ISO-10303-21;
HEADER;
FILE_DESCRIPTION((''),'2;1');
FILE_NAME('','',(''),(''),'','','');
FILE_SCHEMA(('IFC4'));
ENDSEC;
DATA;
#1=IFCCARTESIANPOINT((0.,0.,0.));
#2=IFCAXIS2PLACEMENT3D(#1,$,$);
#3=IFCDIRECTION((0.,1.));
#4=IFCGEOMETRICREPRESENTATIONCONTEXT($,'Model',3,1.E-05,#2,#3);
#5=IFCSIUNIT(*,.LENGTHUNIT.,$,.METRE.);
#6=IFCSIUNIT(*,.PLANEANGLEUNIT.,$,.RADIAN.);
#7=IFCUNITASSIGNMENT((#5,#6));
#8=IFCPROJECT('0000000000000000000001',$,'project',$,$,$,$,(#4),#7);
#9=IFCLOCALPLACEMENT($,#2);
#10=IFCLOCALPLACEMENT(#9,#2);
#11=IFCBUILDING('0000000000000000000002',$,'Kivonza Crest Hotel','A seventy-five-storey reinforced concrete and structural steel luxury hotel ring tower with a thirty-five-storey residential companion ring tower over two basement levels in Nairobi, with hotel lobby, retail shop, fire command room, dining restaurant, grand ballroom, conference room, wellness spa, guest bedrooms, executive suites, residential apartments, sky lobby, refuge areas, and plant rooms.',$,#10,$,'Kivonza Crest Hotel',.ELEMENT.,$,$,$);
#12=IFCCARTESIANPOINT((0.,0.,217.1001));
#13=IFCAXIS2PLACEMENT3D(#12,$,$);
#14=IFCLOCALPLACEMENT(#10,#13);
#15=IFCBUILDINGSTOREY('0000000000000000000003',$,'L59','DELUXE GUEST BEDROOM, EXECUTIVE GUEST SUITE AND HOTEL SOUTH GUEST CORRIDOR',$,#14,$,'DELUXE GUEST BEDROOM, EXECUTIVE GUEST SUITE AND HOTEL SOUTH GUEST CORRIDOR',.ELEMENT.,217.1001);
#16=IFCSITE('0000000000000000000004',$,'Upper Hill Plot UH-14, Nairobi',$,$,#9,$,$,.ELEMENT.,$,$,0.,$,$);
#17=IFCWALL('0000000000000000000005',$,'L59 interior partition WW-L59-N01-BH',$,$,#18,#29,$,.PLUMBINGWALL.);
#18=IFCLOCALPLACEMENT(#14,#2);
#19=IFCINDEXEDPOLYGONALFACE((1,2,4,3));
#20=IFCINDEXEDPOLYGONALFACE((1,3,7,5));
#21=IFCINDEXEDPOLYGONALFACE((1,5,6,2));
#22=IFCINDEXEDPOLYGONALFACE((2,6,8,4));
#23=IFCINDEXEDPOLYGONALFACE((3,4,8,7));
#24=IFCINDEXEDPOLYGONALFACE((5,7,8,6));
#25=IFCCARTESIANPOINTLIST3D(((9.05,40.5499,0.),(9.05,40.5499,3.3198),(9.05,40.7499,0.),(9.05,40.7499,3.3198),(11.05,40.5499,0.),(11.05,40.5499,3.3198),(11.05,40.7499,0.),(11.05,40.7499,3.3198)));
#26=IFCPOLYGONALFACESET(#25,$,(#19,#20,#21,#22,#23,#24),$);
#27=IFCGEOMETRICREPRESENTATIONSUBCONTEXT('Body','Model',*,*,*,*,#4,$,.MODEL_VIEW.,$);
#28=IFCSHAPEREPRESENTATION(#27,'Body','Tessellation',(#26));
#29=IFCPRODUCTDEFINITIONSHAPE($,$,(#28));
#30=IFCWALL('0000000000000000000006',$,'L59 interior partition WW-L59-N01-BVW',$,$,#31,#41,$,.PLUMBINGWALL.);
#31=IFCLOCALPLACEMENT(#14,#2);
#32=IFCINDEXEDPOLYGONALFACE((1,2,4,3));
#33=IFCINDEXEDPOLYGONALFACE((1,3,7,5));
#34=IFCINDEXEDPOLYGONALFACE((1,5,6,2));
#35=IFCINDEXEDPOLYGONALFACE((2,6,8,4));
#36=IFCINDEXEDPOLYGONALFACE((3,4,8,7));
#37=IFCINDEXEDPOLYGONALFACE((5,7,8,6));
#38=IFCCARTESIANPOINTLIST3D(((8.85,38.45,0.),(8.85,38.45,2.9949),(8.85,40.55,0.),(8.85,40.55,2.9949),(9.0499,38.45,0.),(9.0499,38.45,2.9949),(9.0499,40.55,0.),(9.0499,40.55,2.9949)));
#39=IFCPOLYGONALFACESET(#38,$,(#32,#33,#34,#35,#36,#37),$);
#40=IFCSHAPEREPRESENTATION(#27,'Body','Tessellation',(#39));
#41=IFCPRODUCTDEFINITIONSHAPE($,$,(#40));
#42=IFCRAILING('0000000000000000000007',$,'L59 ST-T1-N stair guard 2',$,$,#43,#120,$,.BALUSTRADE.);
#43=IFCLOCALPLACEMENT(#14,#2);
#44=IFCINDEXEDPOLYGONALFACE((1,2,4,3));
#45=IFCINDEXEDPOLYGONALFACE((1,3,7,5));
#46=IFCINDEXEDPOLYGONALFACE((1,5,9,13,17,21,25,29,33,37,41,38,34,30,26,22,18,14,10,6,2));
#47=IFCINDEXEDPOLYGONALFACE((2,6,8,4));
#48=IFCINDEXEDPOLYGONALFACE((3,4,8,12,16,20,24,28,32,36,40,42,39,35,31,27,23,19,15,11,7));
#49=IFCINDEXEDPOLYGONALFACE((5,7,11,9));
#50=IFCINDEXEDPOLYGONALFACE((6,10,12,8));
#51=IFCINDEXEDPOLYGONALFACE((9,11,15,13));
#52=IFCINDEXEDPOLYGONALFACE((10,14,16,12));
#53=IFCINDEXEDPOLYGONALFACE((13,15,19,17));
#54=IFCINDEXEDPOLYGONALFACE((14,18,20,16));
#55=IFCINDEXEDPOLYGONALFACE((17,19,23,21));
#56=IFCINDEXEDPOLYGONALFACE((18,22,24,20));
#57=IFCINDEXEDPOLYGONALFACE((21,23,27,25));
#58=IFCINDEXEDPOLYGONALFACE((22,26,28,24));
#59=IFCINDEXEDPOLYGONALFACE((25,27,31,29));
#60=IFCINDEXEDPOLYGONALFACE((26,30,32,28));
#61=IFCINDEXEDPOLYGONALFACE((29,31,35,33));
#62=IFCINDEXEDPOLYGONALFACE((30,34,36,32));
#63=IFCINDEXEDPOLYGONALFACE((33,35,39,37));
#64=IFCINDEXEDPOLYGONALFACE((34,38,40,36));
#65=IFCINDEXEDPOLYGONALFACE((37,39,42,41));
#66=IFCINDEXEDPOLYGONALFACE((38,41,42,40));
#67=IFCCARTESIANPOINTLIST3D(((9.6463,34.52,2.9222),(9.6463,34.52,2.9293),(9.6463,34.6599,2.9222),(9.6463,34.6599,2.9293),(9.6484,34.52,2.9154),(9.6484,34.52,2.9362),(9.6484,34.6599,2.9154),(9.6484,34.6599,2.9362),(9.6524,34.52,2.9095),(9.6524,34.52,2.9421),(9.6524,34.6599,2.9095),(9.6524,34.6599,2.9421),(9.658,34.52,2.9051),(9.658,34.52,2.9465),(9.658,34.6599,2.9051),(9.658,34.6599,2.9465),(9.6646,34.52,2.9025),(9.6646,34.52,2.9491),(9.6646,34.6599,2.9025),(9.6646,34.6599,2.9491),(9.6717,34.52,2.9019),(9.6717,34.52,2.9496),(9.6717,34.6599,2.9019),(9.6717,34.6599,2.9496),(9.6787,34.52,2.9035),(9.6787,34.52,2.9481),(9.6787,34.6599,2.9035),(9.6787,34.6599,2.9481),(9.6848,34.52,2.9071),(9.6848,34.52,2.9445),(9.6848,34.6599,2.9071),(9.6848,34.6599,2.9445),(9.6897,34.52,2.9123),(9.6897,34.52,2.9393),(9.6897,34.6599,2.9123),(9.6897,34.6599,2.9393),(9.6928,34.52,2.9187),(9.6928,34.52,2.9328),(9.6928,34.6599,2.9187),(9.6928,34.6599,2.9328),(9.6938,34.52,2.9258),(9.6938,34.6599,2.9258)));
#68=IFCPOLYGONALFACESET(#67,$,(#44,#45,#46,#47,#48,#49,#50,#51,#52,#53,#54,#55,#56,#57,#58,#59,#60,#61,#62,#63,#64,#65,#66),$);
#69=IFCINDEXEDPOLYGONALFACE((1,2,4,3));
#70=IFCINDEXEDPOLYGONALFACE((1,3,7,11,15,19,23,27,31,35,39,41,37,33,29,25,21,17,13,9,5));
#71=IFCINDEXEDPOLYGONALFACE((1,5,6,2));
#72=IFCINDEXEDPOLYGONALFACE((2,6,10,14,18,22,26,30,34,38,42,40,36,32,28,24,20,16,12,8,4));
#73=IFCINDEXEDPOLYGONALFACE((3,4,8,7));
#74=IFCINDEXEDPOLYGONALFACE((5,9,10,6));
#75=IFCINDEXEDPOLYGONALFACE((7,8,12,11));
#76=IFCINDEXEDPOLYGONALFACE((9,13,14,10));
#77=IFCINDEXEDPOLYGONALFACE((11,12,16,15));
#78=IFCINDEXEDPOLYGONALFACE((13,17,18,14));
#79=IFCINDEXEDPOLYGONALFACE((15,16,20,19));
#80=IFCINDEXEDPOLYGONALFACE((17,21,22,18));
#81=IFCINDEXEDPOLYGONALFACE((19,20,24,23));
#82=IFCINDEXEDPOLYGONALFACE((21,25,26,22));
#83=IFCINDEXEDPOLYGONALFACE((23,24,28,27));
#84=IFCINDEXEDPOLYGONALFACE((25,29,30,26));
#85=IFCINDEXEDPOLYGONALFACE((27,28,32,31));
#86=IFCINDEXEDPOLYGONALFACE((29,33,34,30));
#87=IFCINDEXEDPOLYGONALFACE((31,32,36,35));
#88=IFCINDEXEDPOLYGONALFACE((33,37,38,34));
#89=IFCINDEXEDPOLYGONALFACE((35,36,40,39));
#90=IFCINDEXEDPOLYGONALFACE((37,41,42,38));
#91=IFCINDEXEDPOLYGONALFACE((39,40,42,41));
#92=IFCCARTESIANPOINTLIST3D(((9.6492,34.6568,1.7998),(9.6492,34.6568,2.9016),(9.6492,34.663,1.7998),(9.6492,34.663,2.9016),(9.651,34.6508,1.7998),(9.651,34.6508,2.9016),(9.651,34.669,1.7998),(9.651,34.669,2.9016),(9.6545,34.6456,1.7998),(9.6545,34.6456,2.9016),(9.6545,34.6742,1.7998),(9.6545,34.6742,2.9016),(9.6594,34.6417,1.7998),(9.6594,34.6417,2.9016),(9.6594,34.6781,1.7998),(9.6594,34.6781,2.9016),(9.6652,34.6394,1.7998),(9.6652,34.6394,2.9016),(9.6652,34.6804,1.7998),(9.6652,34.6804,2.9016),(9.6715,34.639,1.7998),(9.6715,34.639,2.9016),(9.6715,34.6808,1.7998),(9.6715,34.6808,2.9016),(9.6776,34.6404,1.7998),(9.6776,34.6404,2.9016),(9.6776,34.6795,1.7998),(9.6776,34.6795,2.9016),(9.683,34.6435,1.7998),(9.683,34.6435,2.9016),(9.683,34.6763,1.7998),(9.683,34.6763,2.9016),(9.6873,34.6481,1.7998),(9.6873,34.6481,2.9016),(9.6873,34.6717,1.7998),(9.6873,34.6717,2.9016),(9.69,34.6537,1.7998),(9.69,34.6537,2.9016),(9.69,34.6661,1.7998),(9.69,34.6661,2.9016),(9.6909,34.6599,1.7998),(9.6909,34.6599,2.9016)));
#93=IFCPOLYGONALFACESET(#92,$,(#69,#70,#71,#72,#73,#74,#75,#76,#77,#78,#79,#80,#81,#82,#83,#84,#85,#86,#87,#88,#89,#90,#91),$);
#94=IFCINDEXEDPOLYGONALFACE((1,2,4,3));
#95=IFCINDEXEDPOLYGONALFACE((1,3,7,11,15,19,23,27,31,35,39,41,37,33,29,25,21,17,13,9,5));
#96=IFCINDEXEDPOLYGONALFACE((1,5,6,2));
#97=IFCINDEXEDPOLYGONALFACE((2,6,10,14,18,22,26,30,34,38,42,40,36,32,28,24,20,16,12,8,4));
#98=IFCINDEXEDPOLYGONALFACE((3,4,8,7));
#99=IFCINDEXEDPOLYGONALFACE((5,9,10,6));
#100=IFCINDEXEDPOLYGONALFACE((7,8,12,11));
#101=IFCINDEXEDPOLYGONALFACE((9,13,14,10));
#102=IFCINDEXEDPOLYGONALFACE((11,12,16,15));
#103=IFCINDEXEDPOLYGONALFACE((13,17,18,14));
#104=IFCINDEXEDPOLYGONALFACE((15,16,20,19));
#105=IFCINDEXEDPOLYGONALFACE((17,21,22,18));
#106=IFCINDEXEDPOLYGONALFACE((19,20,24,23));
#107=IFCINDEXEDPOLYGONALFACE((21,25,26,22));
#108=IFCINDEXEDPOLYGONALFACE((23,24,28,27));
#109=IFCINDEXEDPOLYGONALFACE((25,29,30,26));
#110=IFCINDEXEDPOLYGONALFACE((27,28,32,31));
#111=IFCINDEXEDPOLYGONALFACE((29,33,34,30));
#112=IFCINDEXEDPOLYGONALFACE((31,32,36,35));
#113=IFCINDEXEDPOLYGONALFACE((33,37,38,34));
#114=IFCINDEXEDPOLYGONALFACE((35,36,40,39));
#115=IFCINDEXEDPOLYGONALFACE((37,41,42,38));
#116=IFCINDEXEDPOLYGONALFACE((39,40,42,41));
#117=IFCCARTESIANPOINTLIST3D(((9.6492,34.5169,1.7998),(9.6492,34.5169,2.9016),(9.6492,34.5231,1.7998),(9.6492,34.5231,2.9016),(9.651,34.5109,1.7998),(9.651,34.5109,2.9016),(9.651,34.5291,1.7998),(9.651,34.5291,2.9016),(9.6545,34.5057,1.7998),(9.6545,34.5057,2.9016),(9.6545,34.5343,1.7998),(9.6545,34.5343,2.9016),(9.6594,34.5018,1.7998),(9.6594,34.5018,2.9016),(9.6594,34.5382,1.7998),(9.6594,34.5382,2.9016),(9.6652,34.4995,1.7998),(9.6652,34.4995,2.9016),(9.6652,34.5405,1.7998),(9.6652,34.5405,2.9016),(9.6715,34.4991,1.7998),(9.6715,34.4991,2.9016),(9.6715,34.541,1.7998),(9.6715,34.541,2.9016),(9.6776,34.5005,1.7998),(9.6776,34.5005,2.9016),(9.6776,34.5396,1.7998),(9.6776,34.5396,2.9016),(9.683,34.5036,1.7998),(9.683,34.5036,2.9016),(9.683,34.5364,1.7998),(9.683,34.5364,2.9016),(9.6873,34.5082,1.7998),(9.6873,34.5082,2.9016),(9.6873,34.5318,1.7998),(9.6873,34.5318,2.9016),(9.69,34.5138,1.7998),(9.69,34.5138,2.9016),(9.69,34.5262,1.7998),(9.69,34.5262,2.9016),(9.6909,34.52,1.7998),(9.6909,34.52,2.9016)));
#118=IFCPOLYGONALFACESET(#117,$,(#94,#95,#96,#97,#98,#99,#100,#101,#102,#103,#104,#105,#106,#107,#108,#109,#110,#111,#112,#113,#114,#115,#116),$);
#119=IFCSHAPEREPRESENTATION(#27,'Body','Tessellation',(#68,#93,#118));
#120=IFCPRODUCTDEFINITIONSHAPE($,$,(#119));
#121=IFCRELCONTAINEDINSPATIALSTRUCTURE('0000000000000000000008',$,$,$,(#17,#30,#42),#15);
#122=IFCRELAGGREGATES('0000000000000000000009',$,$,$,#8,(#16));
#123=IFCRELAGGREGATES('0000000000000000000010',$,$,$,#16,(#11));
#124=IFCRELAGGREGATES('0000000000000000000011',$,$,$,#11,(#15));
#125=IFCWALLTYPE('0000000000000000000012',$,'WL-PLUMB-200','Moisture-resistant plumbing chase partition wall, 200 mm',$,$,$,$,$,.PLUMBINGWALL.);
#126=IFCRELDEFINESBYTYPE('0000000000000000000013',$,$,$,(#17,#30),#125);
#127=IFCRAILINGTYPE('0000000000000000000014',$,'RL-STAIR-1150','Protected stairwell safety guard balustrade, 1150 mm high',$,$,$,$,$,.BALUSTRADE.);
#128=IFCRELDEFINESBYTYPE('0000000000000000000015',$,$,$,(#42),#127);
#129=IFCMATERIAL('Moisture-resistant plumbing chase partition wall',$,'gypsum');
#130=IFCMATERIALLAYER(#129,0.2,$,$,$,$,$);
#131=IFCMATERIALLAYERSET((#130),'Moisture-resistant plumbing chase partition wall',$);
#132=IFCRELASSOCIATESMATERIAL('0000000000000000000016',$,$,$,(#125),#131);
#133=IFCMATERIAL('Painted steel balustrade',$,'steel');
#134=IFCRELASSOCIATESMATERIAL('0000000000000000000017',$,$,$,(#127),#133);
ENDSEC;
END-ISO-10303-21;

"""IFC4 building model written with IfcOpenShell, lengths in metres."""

from ifc_helpers import new_model, si_unit, direction, frame, frame_2d, origin, origin_2d, place, context, subcontext, project, spatial, rectangle, circle, extrude, material, layer, layer_set, type_object, element, save


model = new_model("IFC4")

# Units and contexts
model_context = context("Model", 3, precision=1e-05, world=origin(), true_north=direction((0.0, 1.0)))
body_context = subcontext(model_context, "Body", "Model", "MODEL_VIEW")
ifc_project = project(units=[si_unit("LENGTHUNIT", "METRE"), si_unit("PLANEANGLEUNIT", "RADIAN")], contexts=[model_context])

# Site, building, storey
site_placement = place(None, origin())
site = spatial("IfcSite", under=ifc_project, at=site_placement, Name="Upper Hill Plot UH-14, Nairobi", CompositionType="ELEMENT", RefElevation=0.0)
building_placement = place(site_placement, origin())
building = spatial("IfcBuilding", under=site, at=building_placement, Name="Kivonza Crest Hotel", Description="A seventy-five-storey reinforced concrete and structural steel luxury hotel ring tower with a thirty-five-storey residential companion ring tower over two basement levels in Nairobi, with hotel lobby, retail shop, fire command room, dining restaurant, grand ballroom, conference room, wellness spa, guest bedrooms, executive suites, residential apartments, sky lobby, refuge areas, and plant rooms.", LongName="Kivonza Crest Hotel", CompositionType="ELEMENT")
storey_placement = place(building_placement, frame((0.0, 0.0, 217.1001)))
storey = spatial("IfcBuildingStorey", under=building, at=storey_placement, Name="L59", Description="DELUXE GUEST BEDROOM, EXECUTIVE GUEST SUITE AND HOTEL SOUTH GUEST CORRIDOR", LongName="DELUXE GUEST BEDROOM, EXECUTIVE GUEST SUITE AND HOTEL SOUTH GUEST CORRIDOR", CompositionType="ELEMENT", Elevation=217.1001)

# Walls
ifc_material_1 = material(Name="Moisture-resistant plumbing chase partition wall", Category="gypsum")
ifc_layer_1 = layer(ifc_material_1, 0.2)
ifc_layer_set_1 = layer_set([ifc_layer_1], Name="Moisture-resistant plumbing chase partition wall")
wall_type_1 = type_object("IfcWallType", Name="WL-PLUMB-200", Description="Moisture-resistant plumbing chase partition wall, 200 mm", PredefinedType="PLUMBINGWALL", material=ifc_layer_set_1)
wall_1_placement = place(storey_placement, frame((9.05, 40.6499, 0.0), z_axis=(0.0, 0.0, 1.0), x_axis=(1.0, 0.0, 0.0)))
element("IfcWall", 1, at=wall_1_placement, inside=storey, type_object=wall_type_1, Name="L59 interior partition WW-L59-N01-BH", PredefinedType="PLUMBINGWALL", context=body_context, shape_type="SweptSolid", body=[
    extrude(rectangle(XDim=2.0, YDim=0.2, at=frame_2d((1.0, 0.0))), origin(), (0.0, 0.0, 1.0), 3.3198),
])
wall_2_placement = place(storey_placement, frame((8.95, 38.45, 0.0), z_axis=(0.0, 0.0, 1.0), x_axis=(0.0, 1.0, 0.0)))
element("IfcWall", 2, at=wall_2_placement, inside=storey, type_object=wall_type_1, Name="L59 interior partition WW-L59-N01-BVW", PredefinedType="PLUMBINGWALL", context=body_context, shape_type="SweptSolid", body=[
    extrude(rectangle(XDim=2.1001, YDim=0.2, at=frame_2d((1.05, 0.0))), origin(), (0.0, 0.0, 1.0), 2.9949),
])

# Railing
ifc_material_2 = material(Name="Painted steel balustrade", Category="steel")
railing_type = type_object("IfcRailingType", Name="RL-STAIR-1150", Description="Protected stairwell safety guard balustrade, 1150 mm high", PredefinedType="BALUSTRADE", material=ifc_material_2)
railing_placement = place(storey_placement, frame((9.6699, 34.6599, 1.7998)))
element("IfcRailing", 3, at=railing_placement, inside=storey, type_object=railing_type, Name="L59 ST-T1-N stair guard 2", PredefinedType="BALUSTRADE", context=body_context, shape_type="SweptSolid", body=[
    extrude(circle(Radius=0.0239, at=origin_2d()), frame((0.0, 0.0, 1.126), z_axis=(0.0, -1.0, 0.0), x_axis=(1.0, 0.0, 0.0)), (0.0, 0.0, 1.0), 0.1399),
    extrude(circle(Radius=0.021, at=origin_2d()), origin(), (0.0, 0.0, 1.0), 1.1018),
    extrude(circle(Radius=0.021, at=origin_2d()), frame((0.0, -0.1399, 0.0)), (0.0, 0.0, 1.0), 1.1018),
])

save(model, "model.ifc")
